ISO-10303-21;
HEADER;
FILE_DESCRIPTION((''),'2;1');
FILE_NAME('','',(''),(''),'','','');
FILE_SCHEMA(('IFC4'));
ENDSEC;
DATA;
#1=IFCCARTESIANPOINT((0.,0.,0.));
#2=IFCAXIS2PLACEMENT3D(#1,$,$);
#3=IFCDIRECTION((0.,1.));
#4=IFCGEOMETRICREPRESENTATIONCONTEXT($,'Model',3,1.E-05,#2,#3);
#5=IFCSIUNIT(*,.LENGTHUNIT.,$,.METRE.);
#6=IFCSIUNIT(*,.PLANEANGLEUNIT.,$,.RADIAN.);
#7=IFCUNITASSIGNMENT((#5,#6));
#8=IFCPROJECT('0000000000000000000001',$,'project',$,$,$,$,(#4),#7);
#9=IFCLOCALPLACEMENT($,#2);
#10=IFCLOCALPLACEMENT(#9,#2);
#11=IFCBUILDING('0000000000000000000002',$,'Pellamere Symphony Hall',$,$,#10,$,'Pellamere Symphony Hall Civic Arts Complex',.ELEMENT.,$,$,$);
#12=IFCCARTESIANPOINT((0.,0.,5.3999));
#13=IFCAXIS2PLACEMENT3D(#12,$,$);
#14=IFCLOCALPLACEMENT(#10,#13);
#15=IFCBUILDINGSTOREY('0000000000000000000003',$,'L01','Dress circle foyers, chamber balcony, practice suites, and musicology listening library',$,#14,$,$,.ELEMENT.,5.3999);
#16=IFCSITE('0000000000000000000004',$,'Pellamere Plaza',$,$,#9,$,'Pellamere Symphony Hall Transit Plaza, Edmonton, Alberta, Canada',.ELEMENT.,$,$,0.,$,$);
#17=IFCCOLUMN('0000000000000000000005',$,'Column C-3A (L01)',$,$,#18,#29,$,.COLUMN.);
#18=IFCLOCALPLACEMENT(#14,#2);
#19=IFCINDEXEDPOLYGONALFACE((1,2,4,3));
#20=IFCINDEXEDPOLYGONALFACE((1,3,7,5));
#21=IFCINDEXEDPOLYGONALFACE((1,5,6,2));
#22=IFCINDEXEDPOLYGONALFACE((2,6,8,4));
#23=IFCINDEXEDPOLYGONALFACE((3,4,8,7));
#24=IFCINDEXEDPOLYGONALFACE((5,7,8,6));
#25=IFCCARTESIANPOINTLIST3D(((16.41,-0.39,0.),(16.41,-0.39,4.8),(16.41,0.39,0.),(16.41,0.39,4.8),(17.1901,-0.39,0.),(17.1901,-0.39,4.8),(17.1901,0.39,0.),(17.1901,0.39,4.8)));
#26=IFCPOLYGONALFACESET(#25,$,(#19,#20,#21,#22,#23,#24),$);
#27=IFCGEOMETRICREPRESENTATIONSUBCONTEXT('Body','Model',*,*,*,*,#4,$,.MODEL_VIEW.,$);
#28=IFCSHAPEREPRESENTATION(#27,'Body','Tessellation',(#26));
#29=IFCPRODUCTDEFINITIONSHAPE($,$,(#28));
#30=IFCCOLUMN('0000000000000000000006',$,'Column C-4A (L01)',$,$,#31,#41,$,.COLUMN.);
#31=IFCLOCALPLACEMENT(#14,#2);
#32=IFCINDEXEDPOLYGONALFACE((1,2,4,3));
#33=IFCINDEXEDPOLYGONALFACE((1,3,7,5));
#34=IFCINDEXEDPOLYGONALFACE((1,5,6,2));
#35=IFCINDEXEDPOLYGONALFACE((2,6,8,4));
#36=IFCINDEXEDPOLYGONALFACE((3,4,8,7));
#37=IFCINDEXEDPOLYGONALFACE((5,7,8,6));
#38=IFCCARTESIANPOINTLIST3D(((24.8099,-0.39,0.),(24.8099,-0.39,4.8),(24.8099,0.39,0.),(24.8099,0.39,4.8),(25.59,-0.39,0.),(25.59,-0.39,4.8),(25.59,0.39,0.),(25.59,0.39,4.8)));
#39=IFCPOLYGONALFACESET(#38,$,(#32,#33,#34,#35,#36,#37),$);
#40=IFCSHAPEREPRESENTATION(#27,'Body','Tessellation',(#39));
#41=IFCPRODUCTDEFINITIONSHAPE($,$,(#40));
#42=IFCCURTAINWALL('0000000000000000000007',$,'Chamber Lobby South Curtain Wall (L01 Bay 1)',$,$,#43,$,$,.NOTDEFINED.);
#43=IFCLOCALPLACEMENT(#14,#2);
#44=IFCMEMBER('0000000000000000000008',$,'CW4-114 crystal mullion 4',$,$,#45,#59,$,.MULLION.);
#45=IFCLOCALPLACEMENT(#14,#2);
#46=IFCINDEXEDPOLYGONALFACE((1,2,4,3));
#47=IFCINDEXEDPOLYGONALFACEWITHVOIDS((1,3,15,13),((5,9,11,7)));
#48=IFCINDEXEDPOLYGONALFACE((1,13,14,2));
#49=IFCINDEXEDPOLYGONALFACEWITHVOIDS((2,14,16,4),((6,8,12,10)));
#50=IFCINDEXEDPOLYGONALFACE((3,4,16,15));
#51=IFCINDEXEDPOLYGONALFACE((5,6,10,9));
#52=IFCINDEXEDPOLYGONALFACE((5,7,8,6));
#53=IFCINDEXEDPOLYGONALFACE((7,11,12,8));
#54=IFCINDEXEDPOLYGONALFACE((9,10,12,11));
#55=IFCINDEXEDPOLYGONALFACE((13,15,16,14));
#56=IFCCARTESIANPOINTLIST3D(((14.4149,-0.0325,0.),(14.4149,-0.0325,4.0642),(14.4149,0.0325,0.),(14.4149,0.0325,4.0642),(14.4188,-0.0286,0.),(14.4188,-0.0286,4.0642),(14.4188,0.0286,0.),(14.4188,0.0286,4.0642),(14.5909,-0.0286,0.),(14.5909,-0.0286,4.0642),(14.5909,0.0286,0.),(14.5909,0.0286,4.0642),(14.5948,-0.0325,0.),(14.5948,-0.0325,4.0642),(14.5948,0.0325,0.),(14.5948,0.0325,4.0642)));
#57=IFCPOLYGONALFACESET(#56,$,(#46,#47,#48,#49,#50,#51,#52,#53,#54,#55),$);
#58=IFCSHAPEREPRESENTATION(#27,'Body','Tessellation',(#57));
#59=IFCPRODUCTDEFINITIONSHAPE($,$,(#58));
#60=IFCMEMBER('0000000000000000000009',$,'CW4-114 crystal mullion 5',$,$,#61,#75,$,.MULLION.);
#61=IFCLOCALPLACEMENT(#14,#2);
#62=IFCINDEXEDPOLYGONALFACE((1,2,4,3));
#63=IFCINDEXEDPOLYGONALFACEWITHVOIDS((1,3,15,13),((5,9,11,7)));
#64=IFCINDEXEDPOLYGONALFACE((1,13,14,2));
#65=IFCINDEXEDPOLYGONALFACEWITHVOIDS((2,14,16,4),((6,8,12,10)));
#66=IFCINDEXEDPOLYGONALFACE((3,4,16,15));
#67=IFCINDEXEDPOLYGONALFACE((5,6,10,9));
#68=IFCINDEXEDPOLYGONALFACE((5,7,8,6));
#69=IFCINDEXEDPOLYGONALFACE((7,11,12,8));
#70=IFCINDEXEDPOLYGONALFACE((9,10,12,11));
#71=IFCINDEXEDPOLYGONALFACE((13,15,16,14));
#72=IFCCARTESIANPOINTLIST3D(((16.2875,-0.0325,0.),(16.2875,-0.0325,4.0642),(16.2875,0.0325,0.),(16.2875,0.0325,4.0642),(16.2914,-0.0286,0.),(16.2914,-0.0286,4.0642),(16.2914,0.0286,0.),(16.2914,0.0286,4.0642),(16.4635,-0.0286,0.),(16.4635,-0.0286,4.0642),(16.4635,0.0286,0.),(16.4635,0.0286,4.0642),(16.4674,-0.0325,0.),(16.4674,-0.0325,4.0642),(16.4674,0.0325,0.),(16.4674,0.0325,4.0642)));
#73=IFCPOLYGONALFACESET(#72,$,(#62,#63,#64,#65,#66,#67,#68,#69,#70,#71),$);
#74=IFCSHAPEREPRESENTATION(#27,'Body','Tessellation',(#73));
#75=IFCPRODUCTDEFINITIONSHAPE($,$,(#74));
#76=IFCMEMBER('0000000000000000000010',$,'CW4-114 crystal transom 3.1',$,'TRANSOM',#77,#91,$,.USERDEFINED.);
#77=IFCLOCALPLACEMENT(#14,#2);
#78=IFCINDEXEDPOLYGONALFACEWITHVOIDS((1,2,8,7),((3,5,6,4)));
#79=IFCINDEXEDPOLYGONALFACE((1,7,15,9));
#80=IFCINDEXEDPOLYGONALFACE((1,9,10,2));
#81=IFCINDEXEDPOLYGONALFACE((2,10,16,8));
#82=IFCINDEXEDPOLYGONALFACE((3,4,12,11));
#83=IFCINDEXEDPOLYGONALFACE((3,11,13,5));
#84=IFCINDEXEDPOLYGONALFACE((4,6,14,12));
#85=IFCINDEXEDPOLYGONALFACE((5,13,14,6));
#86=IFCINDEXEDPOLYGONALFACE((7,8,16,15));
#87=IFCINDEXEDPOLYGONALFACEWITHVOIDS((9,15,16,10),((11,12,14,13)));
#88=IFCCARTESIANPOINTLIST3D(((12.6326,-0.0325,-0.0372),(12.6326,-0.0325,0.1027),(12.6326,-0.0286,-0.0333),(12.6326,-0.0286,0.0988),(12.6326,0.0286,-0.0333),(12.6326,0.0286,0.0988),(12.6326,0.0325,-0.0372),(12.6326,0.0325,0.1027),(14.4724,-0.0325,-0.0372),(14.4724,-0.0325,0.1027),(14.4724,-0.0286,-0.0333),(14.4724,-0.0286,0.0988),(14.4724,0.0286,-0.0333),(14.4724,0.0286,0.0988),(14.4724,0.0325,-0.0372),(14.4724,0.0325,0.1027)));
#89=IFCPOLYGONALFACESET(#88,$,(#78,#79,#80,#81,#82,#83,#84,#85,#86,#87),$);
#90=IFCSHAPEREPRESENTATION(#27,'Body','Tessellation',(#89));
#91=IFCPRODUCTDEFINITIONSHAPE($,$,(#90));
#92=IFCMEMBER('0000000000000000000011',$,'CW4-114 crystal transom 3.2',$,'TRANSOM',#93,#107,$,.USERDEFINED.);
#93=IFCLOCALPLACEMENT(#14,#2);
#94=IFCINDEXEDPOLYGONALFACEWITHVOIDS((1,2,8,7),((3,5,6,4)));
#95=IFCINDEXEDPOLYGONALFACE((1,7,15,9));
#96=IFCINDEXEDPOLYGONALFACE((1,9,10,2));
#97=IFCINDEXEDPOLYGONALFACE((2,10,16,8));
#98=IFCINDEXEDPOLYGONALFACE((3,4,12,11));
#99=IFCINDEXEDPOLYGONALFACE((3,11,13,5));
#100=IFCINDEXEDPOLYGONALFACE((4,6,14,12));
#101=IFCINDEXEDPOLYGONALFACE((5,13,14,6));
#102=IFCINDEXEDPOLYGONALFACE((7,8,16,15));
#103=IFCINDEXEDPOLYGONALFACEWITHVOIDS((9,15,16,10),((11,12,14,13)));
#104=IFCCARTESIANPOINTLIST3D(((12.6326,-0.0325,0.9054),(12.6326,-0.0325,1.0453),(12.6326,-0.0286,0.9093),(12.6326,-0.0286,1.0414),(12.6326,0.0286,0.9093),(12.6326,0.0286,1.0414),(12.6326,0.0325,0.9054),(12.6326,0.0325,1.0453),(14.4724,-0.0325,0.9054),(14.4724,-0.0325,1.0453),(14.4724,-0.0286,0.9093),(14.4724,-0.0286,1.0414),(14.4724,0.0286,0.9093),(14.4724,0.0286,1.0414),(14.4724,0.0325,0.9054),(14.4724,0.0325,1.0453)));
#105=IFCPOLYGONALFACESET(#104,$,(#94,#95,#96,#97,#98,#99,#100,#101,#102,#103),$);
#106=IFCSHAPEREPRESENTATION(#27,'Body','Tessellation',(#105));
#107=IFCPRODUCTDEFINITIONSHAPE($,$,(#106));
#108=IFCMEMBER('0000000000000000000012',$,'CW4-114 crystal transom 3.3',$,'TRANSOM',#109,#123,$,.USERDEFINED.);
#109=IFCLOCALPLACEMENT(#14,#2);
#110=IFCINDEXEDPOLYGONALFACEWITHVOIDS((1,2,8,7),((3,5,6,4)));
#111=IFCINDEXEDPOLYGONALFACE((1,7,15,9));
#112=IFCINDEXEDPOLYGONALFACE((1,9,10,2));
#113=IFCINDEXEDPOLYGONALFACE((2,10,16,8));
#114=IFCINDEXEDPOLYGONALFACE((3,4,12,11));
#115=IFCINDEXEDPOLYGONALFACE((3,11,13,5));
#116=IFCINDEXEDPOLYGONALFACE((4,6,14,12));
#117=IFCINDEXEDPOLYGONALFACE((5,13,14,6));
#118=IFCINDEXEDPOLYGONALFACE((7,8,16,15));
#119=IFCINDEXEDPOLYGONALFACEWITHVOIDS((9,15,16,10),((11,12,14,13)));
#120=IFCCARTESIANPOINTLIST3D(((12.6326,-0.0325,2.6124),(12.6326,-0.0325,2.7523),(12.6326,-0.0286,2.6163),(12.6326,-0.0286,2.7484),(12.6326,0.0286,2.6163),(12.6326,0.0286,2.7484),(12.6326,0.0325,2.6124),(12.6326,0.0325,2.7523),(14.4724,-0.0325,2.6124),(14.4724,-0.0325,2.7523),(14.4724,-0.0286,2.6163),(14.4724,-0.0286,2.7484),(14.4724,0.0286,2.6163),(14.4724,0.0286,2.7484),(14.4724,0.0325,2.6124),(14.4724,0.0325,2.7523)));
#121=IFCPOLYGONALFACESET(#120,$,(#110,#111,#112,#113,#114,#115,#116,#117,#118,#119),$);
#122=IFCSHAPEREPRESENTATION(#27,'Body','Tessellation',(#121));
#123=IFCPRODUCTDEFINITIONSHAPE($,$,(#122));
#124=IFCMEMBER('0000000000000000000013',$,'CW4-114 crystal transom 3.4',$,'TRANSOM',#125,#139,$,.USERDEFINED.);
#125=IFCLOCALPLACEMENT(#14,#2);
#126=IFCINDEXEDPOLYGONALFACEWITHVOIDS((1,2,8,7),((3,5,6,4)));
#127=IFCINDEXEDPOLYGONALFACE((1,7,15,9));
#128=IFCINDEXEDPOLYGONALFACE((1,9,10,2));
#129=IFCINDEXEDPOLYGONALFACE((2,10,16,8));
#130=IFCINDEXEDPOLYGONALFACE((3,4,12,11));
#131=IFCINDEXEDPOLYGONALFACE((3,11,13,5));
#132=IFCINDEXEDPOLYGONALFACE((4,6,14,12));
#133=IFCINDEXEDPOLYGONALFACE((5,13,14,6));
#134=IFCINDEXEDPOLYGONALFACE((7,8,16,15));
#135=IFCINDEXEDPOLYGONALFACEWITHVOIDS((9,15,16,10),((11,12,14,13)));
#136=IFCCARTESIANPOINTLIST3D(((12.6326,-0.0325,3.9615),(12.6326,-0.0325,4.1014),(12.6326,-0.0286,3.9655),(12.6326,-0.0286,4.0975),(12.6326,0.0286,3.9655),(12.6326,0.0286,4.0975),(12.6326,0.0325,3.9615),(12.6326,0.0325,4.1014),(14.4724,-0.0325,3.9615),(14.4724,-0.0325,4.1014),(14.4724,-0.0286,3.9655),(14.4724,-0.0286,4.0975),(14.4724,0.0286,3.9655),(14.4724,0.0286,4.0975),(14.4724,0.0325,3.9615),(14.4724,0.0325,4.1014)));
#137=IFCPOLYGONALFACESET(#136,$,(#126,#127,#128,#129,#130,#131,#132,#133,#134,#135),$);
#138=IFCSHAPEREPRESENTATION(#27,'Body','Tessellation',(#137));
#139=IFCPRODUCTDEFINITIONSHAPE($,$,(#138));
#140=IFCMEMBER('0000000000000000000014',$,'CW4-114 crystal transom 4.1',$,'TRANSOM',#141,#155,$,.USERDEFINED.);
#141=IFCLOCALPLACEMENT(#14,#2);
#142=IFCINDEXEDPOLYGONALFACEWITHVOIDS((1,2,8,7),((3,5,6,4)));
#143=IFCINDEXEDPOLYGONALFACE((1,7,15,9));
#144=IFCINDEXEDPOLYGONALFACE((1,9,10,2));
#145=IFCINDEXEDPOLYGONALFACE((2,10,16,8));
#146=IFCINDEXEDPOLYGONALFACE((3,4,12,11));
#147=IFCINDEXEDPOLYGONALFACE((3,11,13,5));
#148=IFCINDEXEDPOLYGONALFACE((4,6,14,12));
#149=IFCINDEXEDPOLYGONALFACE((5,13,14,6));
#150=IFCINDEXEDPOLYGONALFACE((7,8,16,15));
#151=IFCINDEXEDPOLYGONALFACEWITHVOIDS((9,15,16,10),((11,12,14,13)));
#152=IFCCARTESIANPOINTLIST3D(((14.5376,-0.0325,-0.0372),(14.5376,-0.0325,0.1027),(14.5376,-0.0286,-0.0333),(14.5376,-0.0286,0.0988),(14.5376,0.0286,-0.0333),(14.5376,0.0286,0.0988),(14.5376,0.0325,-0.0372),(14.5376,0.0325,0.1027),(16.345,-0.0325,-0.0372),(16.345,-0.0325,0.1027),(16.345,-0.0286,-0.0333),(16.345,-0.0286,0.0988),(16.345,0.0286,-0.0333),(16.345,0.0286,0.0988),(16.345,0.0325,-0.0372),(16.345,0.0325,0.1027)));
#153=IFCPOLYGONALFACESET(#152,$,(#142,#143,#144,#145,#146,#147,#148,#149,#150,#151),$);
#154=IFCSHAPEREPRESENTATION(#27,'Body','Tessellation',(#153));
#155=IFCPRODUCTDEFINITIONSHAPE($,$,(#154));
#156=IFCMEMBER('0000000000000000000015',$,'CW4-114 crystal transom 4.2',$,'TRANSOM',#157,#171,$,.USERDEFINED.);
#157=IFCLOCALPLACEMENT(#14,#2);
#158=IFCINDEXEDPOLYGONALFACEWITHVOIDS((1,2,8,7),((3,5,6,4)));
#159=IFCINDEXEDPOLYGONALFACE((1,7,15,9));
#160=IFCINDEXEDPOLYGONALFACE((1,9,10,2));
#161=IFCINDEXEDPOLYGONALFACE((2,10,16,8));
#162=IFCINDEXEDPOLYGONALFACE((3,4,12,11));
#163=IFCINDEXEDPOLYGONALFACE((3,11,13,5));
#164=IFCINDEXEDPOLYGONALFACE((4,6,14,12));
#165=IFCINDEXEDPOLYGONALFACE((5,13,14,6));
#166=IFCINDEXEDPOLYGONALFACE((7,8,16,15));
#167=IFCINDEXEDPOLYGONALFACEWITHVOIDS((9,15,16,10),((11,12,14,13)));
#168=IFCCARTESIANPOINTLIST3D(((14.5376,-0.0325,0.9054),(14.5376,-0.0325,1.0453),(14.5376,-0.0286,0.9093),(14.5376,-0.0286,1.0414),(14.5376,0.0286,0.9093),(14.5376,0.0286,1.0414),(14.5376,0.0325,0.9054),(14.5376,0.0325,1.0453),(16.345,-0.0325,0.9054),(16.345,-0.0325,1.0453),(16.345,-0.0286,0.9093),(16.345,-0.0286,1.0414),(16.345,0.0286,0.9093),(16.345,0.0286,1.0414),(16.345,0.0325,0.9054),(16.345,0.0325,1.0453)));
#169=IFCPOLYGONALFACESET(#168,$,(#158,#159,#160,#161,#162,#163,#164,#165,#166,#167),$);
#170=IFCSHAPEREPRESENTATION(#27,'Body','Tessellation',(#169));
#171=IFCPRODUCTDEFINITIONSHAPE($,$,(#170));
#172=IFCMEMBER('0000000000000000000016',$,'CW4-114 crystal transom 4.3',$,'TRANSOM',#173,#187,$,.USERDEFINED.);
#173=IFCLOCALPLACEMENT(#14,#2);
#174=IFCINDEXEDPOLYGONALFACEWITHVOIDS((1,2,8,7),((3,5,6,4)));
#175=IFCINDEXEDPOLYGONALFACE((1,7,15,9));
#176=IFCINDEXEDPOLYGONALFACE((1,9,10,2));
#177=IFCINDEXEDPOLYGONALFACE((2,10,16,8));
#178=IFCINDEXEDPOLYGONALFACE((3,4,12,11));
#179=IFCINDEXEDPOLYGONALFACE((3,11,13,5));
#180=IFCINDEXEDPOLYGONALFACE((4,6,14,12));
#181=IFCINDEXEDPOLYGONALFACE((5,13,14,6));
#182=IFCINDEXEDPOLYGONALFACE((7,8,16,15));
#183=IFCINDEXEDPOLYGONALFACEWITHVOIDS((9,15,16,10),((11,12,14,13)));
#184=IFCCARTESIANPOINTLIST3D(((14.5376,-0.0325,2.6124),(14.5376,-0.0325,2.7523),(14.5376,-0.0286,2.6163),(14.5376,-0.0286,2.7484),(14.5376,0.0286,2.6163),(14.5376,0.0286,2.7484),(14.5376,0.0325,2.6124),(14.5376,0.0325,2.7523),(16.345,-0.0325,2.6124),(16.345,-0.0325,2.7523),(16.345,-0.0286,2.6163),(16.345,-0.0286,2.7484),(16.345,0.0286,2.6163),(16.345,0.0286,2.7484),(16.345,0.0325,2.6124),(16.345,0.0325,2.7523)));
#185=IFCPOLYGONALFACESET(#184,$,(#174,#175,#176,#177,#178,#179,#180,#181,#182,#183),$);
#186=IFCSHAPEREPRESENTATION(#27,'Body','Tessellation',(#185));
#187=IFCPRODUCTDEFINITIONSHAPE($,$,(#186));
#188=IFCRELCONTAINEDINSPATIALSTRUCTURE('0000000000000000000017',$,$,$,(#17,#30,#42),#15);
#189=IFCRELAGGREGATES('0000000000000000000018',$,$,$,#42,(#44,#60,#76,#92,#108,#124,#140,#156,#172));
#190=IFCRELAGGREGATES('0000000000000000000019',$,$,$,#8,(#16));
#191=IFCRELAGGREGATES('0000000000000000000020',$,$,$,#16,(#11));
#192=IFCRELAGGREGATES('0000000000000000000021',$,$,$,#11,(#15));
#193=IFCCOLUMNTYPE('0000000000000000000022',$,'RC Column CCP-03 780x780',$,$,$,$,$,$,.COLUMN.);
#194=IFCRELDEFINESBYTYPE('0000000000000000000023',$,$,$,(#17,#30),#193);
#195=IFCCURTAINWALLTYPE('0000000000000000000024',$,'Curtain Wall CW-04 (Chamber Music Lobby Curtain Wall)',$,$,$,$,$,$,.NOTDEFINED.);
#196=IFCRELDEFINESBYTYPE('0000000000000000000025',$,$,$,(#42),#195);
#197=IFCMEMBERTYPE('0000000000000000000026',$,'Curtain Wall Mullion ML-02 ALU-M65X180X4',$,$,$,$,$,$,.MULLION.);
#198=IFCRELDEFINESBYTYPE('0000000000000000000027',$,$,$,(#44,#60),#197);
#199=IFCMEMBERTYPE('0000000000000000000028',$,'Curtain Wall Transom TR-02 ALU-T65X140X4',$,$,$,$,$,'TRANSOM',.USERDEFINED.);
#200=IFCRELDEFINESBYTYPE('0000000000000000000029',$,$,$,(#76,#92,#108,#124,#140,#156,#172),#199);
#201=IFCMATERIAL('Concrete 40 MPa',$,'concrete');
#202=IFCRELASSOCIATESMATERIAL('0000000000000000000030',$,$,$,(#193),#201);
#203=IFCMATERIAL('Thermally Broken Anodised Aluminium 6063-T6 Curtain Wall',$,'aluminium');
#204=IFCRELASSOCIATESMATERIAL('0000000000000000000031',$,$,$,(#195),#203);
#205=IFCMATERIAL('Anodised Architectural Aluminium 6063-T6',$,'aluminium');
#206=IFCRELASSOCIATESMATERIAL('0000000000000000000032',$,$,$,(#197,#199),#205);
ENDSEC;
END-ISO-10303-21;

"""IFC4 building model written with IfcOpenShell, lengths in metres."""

from ifc_helpers import new_model, si_unit, direction, frame, origin, origin_2d, place, context, subcontext, project, spatial, rectangle, hollow_rectangle, extrude, material, material_profile, profile_set, type_object, element, aggregate, save


model = new_model("IFC4")

# Units and contexts
model_context = context("Model", 3, precision=1e-05, world=origin(), true_north=direction((0.0, 1.0)))
body_context = subcontext(model_context, "Body", "Model", "MODEL_VIEW")
ifc_project = project(units=[si_unit("LENGTHUNIT", "METRE"), si_unit("PLANEANGLEUNIT", "RADIAN")], contexts=[model_context])

# Site, building, storey
site_placement = place(None, origin())
site = spatial("IfcSite", under=ifc_project, at=site_placement, Name="Pellamere Plaza", LongName="Pellamere Symphony Hall Transit Plaza, Edmonton, Alberta, Canada", CompositionType="ELEMENT", RefElevation=0.0)
building_placement = place(site_placement, origin())
building = spatial("IfcBuilding", under=site, at=building_placement, Name="Pellamere Symphony Hall", LongName="Pellamere Symphony Hall Civic Arts Complex", CompositionType="ELEMENT")
storey_placement = place(building_placement, frame((0.0, 0.0, 5.3999)))
storey = spatial("IfcBuildingStorey", under=building, at=storey_placement, Name="L01", Description="Dress circle foyers, chamber balcony, practice suites, and musicology listening library", CompositionType="ELEMENT", Elevation=5.3999)

# Columns
ifc_material_1 = material(Name="Concrete 40 MPa", Category="concrete")
ifc_material_profile_1 = material_profile(ifc_material_1, rectangle(XDim=0.78, YDim=0.78, at=origin_2d()), Name="RC 780x780")
ifc_profile_set_1 = profile_set([ifc_material_profile_1], Name="Concrete 40 MPa")
column_type = type_object("IfcColumnType", Name="RC Column CCP-03 780x780", PredefinedType="COLUMN", material=ifc_profile_set_1)
for number, where, z_axis, x_axis, name in (
    (1, (16.8, 0.0, 0.0), (0.0, 0.0, 1.0), (1.0, 0.0, 0.0), "Column C-3A (L01)"),
    (2, (25.2, 0.0, 0.0), (0.0, 0.0, 1.0), (1.0, 0.0, 0.0), "Column C-4A (L01)"),
):
    element("IfcColumn", number, at=place(storey_placement, frame(where, z_axis=z_axis, x_axis=x_axis)), inside=storey, type_object=column_type, Name=name, PredefinedType="COLUMN", context=body_context, shape_type="SweptSolid", body=[
        extrude(rectangle(XDim=0.78, YDim=0.78, at=origin_2d()), origin(), (0.0, 0.0, 1.0), 4.8),
    ])

# Curtain wall, members
ifc_material_2 = material(Name="Thermally Broken Anodised Aluminium 6063-T6 Curtain Wall", Category="aluminium")
curtain_wall_type = type_object("IfcCurtainWallType", Name="Curtain Wall CW-04 (Chamber Music Lobby Curtain Wall)", PredefinedType="NOTDEFINED", material=ifc_material_2)
curtain_wall_placement = place(storey_placement, origin())
curtain_wall = element("IfcCurtainWall", 3, at=curtain_wall_placement, inside=storey, type_object=curtain_wall_type, Name="Chamber Lobby South Curtain Wall (L01 Bay 1)", PredefinedType="NOTDEFINED")
ifc_material_3 = material(Name="Anodised Architectural Aluminium 6063-T6", Category="aluminium")
ifc_material_profile_2 = material_profile(ifc_material_3, hollow_rectangle(XDim=0.0649, YDim=0.1799, WallThickness=0.0039, at=origin_2d()), Name="ALU-M65X180X4")
ifc_profile_set_2 = profile_set([ifc_material_profile_2], Name="Anodised Architectural Aluminium 6063-T6")
member_type_1 = type_object("IfcMemberType", Name="Curtain Wall Mullion ML-02 ALU-M65X180X4", PredefinedType="MULLION", material=ifc_profile_set_2)
member_1_placement = place(storey_placement, frame((14.5049, 0.0, 0.0), z_axis=(0.0, 0.0, 1.0), x_axis=(0.0, 1.0, 0.0)))
member_1 = element("IfcMember", 4, at=member_1_placement, type_object=member_type_1, Name="CW4-114 crystal mullion 4", PredefinedType="MULLION", context=body_context, shape_type="SweptSolid", body=[
    extrude(hollow_rectangle(XDim=0.0649, YDim=0.1799, WallThickness=0.0039, at=origin_2d()), origin(), (0.0, 0.0, 1.0), 4.0642),
])
member_2_placement = place(storey_placement, frame((16.3774, 0.0, 0.0), z_axis=(0.0, 0.0, 1.0), x_axis=(0.0, 1.0, 0.0)))
member_2 = element("IfcMember", 5, at=member_2_placement, type_object=member_type_1, Name="CW4-114 crystal mullion 5", PredefinedType="MULLION", context=body_context, shape_type="SweptSolid", body=[
    extrude(hollow_rectangle(XDim=0.0649, YDim=0.1799, WallThickness=0.0039, at=origin_2d()), origin(), (0.0, 0.0, 1.0), 4.0642),
])
ifc_material_profile_3 = material_profile(ifc_material_3, hollow_rectangle(XDim=0.0649, YDim=0.1399, WallThickness=0.0039, at=origin_2d()), Name="ALU-T65X140X4")
ifc_profile_set_3 = profile_set([ifc_material_profile_3], Name="Anodised Architectural Aluminium 6063-T6")
member_type_2 = type_object("IfcMemberType", Name="Curtain Wall Transom TR-02 ALU-T65X140X4", ElementType="TRANSOM", PredefinedType="USERDEFINED", material=ifc_profile_set_3)
member_3_placement = place(storey_placement, frame((12.6326, 0.0, 0.0327), z_axis=(1.0, 0.0, 0.0), x_axis=(0.0, 1.0, 0.0)))
member_3 = element("IfcMember", 6, at=member_3_placement, type_object=member_type_2, Name="CW4-114 crystal transom 3.1", ObjectType="TRANSOM", PredefinedType="USERDEFINED", context=body_context, shape_type="SweptSolid", body=[
    extrude(hollow_rectangle(XDim=0.0649, YDim=0.1399, WallThickness=0.0039, at=origin_2d()), origin(), (0.0, 0.0, 1.0), 1.8398),
])
member_4_placement = place(storey_placement, frame((12.6326, 0.0, 0.9753), z_axis=(1.0, 0.0, 0.0), x_axis=(0.0, 1.0, 0.0)))
member_4 = element("IfcMember", 7, at=member_4_placement, type_object=member_type_2, Name="CW4-114 crystal transom 3.2", ObjectType="TRANSOM", PredefinedType="USERDEFINED", context=body_context, shape_type="SweptSolid", body=[
    extrude(hollow_rectangle(XDim=0.0649, YDim=0.1399, WallThickness=0.0039, at=origin_2d()), origin(), (0.0, 0.0, 1.0), 1.8398),
])
member_5_placement = place(storey_placement, frame((12.6326, 0.0, 2.6824), z_axis=(1.0, 0.0, 0.0), x_axis=(0.0, 1.0, 0.0)))
member_5 = element("IfcMember", 8, at=member_5_placement, type_object=member_type_2, Name="CW4-114 crystal transom 3.3", ObjectType="TRANSOM", PredefinedType="USERDEFINED", context=body_context, shape_type="SweptSolid", body=[
    extrude(hollow_rectangle(XDim=0.0649, YDim=0.1399, WallThickness=0.0039, at=origin_2d()), origin(), (0.0, 0.0, 1.0), 1.8398),
])
member_6_placement = place(storey_placement, frame((12.6326, 0.0, 4.0315), z_axis=(1.0, 0.0, 0.0), x_axis=(0.0, 1.0, 0.0)))
member_6 = element("IfcMember", 9, at=member_6_placement, type_object=member_type_2, Name="CW4-114 crystal transom 3.4", ObjectType="TRANSOM", PredefinedType="USERDEFINED", context=body_context, shape_type="SweptSolid", body=[
    extrude(hollow_rectangle(XDim=0.0649, YDim=0.1399, WallThickness=0.0039, at=origin_2d()), origin(), (0.0, 0.0, 1.0), 1.8398),
])
member_7_placement = place(storey_placement, frame((14.5376, 0.0, 0.0327), z_axis=(1.0, 0.0, 0.0), x_axis=(0.0, 1.0, 0.0)))
member_7 = element("IfcMember", 10, at=member_7_placement, type_object=member_type_2, Name="CW4-114 crystal transom 4.1", ObjectType="TRANSOM", PredefinedType="USERDEFINED", context=body_context, shape_type="SweptSolid", body=[
    extrude(hollow_rectangle(XDim=0.0649, YDim=0.1399, WallThickness=0.0039, at=origin_2d()), origin(), (0.0, 0.0, 1.0), 1.8074),
])
member_8_placement = place(storey_placement, frame((14.5376, 0.0, 0.9753), z_axis=(1.0, 0.0, 0.0), x_axis=(0.0, 1.0, 0.0)))
member_8 = element("IfcMember", 11, at=member_8_placement, type_object=member_type_2, Name="CW4-114 crystal transom 4.2", ObjectType="TRANSOM", PredefinedType="USERDEFINED", context=body_context, shape_type="SweptSolid", body=[
    extrude(hollow_rectangle(XDim=0.0649, YDim=0.1399, WallThickness=0.0039, at=origin_2d()), origin(), (0.0, 0.0, 1.0), 1.8074),
])
member_9_placement = place(storey_placement, frame((14.5376, 0.0, 2.6824), z_axis=(1.0, 0.0, 0.0), x_axis=(0.0, 1.0, 0.0)))
member_9 = element("IfcMember", 12, at=member_9_placement, type_object=member_type_2, Name="CW4-114 crystal transom 4.3", ObjectType="TRANSOM", PredefinedType="USERDEFINED", context=body_context, shape_type="SweptSolid", body=[
    extrude(hollow_rectangle(XDim=0.0649, YDim=0.1399, WallThickness=0.0039, at=origin_2d()), origin(), (0.0, 0.0, 1.0), 1.8074),
])

aggregate(curtain_wall, [member_1, member_2, member_3, member_4, member_5, member_6, member_7, member_8, member_9])

save(model, "model.ifc")
